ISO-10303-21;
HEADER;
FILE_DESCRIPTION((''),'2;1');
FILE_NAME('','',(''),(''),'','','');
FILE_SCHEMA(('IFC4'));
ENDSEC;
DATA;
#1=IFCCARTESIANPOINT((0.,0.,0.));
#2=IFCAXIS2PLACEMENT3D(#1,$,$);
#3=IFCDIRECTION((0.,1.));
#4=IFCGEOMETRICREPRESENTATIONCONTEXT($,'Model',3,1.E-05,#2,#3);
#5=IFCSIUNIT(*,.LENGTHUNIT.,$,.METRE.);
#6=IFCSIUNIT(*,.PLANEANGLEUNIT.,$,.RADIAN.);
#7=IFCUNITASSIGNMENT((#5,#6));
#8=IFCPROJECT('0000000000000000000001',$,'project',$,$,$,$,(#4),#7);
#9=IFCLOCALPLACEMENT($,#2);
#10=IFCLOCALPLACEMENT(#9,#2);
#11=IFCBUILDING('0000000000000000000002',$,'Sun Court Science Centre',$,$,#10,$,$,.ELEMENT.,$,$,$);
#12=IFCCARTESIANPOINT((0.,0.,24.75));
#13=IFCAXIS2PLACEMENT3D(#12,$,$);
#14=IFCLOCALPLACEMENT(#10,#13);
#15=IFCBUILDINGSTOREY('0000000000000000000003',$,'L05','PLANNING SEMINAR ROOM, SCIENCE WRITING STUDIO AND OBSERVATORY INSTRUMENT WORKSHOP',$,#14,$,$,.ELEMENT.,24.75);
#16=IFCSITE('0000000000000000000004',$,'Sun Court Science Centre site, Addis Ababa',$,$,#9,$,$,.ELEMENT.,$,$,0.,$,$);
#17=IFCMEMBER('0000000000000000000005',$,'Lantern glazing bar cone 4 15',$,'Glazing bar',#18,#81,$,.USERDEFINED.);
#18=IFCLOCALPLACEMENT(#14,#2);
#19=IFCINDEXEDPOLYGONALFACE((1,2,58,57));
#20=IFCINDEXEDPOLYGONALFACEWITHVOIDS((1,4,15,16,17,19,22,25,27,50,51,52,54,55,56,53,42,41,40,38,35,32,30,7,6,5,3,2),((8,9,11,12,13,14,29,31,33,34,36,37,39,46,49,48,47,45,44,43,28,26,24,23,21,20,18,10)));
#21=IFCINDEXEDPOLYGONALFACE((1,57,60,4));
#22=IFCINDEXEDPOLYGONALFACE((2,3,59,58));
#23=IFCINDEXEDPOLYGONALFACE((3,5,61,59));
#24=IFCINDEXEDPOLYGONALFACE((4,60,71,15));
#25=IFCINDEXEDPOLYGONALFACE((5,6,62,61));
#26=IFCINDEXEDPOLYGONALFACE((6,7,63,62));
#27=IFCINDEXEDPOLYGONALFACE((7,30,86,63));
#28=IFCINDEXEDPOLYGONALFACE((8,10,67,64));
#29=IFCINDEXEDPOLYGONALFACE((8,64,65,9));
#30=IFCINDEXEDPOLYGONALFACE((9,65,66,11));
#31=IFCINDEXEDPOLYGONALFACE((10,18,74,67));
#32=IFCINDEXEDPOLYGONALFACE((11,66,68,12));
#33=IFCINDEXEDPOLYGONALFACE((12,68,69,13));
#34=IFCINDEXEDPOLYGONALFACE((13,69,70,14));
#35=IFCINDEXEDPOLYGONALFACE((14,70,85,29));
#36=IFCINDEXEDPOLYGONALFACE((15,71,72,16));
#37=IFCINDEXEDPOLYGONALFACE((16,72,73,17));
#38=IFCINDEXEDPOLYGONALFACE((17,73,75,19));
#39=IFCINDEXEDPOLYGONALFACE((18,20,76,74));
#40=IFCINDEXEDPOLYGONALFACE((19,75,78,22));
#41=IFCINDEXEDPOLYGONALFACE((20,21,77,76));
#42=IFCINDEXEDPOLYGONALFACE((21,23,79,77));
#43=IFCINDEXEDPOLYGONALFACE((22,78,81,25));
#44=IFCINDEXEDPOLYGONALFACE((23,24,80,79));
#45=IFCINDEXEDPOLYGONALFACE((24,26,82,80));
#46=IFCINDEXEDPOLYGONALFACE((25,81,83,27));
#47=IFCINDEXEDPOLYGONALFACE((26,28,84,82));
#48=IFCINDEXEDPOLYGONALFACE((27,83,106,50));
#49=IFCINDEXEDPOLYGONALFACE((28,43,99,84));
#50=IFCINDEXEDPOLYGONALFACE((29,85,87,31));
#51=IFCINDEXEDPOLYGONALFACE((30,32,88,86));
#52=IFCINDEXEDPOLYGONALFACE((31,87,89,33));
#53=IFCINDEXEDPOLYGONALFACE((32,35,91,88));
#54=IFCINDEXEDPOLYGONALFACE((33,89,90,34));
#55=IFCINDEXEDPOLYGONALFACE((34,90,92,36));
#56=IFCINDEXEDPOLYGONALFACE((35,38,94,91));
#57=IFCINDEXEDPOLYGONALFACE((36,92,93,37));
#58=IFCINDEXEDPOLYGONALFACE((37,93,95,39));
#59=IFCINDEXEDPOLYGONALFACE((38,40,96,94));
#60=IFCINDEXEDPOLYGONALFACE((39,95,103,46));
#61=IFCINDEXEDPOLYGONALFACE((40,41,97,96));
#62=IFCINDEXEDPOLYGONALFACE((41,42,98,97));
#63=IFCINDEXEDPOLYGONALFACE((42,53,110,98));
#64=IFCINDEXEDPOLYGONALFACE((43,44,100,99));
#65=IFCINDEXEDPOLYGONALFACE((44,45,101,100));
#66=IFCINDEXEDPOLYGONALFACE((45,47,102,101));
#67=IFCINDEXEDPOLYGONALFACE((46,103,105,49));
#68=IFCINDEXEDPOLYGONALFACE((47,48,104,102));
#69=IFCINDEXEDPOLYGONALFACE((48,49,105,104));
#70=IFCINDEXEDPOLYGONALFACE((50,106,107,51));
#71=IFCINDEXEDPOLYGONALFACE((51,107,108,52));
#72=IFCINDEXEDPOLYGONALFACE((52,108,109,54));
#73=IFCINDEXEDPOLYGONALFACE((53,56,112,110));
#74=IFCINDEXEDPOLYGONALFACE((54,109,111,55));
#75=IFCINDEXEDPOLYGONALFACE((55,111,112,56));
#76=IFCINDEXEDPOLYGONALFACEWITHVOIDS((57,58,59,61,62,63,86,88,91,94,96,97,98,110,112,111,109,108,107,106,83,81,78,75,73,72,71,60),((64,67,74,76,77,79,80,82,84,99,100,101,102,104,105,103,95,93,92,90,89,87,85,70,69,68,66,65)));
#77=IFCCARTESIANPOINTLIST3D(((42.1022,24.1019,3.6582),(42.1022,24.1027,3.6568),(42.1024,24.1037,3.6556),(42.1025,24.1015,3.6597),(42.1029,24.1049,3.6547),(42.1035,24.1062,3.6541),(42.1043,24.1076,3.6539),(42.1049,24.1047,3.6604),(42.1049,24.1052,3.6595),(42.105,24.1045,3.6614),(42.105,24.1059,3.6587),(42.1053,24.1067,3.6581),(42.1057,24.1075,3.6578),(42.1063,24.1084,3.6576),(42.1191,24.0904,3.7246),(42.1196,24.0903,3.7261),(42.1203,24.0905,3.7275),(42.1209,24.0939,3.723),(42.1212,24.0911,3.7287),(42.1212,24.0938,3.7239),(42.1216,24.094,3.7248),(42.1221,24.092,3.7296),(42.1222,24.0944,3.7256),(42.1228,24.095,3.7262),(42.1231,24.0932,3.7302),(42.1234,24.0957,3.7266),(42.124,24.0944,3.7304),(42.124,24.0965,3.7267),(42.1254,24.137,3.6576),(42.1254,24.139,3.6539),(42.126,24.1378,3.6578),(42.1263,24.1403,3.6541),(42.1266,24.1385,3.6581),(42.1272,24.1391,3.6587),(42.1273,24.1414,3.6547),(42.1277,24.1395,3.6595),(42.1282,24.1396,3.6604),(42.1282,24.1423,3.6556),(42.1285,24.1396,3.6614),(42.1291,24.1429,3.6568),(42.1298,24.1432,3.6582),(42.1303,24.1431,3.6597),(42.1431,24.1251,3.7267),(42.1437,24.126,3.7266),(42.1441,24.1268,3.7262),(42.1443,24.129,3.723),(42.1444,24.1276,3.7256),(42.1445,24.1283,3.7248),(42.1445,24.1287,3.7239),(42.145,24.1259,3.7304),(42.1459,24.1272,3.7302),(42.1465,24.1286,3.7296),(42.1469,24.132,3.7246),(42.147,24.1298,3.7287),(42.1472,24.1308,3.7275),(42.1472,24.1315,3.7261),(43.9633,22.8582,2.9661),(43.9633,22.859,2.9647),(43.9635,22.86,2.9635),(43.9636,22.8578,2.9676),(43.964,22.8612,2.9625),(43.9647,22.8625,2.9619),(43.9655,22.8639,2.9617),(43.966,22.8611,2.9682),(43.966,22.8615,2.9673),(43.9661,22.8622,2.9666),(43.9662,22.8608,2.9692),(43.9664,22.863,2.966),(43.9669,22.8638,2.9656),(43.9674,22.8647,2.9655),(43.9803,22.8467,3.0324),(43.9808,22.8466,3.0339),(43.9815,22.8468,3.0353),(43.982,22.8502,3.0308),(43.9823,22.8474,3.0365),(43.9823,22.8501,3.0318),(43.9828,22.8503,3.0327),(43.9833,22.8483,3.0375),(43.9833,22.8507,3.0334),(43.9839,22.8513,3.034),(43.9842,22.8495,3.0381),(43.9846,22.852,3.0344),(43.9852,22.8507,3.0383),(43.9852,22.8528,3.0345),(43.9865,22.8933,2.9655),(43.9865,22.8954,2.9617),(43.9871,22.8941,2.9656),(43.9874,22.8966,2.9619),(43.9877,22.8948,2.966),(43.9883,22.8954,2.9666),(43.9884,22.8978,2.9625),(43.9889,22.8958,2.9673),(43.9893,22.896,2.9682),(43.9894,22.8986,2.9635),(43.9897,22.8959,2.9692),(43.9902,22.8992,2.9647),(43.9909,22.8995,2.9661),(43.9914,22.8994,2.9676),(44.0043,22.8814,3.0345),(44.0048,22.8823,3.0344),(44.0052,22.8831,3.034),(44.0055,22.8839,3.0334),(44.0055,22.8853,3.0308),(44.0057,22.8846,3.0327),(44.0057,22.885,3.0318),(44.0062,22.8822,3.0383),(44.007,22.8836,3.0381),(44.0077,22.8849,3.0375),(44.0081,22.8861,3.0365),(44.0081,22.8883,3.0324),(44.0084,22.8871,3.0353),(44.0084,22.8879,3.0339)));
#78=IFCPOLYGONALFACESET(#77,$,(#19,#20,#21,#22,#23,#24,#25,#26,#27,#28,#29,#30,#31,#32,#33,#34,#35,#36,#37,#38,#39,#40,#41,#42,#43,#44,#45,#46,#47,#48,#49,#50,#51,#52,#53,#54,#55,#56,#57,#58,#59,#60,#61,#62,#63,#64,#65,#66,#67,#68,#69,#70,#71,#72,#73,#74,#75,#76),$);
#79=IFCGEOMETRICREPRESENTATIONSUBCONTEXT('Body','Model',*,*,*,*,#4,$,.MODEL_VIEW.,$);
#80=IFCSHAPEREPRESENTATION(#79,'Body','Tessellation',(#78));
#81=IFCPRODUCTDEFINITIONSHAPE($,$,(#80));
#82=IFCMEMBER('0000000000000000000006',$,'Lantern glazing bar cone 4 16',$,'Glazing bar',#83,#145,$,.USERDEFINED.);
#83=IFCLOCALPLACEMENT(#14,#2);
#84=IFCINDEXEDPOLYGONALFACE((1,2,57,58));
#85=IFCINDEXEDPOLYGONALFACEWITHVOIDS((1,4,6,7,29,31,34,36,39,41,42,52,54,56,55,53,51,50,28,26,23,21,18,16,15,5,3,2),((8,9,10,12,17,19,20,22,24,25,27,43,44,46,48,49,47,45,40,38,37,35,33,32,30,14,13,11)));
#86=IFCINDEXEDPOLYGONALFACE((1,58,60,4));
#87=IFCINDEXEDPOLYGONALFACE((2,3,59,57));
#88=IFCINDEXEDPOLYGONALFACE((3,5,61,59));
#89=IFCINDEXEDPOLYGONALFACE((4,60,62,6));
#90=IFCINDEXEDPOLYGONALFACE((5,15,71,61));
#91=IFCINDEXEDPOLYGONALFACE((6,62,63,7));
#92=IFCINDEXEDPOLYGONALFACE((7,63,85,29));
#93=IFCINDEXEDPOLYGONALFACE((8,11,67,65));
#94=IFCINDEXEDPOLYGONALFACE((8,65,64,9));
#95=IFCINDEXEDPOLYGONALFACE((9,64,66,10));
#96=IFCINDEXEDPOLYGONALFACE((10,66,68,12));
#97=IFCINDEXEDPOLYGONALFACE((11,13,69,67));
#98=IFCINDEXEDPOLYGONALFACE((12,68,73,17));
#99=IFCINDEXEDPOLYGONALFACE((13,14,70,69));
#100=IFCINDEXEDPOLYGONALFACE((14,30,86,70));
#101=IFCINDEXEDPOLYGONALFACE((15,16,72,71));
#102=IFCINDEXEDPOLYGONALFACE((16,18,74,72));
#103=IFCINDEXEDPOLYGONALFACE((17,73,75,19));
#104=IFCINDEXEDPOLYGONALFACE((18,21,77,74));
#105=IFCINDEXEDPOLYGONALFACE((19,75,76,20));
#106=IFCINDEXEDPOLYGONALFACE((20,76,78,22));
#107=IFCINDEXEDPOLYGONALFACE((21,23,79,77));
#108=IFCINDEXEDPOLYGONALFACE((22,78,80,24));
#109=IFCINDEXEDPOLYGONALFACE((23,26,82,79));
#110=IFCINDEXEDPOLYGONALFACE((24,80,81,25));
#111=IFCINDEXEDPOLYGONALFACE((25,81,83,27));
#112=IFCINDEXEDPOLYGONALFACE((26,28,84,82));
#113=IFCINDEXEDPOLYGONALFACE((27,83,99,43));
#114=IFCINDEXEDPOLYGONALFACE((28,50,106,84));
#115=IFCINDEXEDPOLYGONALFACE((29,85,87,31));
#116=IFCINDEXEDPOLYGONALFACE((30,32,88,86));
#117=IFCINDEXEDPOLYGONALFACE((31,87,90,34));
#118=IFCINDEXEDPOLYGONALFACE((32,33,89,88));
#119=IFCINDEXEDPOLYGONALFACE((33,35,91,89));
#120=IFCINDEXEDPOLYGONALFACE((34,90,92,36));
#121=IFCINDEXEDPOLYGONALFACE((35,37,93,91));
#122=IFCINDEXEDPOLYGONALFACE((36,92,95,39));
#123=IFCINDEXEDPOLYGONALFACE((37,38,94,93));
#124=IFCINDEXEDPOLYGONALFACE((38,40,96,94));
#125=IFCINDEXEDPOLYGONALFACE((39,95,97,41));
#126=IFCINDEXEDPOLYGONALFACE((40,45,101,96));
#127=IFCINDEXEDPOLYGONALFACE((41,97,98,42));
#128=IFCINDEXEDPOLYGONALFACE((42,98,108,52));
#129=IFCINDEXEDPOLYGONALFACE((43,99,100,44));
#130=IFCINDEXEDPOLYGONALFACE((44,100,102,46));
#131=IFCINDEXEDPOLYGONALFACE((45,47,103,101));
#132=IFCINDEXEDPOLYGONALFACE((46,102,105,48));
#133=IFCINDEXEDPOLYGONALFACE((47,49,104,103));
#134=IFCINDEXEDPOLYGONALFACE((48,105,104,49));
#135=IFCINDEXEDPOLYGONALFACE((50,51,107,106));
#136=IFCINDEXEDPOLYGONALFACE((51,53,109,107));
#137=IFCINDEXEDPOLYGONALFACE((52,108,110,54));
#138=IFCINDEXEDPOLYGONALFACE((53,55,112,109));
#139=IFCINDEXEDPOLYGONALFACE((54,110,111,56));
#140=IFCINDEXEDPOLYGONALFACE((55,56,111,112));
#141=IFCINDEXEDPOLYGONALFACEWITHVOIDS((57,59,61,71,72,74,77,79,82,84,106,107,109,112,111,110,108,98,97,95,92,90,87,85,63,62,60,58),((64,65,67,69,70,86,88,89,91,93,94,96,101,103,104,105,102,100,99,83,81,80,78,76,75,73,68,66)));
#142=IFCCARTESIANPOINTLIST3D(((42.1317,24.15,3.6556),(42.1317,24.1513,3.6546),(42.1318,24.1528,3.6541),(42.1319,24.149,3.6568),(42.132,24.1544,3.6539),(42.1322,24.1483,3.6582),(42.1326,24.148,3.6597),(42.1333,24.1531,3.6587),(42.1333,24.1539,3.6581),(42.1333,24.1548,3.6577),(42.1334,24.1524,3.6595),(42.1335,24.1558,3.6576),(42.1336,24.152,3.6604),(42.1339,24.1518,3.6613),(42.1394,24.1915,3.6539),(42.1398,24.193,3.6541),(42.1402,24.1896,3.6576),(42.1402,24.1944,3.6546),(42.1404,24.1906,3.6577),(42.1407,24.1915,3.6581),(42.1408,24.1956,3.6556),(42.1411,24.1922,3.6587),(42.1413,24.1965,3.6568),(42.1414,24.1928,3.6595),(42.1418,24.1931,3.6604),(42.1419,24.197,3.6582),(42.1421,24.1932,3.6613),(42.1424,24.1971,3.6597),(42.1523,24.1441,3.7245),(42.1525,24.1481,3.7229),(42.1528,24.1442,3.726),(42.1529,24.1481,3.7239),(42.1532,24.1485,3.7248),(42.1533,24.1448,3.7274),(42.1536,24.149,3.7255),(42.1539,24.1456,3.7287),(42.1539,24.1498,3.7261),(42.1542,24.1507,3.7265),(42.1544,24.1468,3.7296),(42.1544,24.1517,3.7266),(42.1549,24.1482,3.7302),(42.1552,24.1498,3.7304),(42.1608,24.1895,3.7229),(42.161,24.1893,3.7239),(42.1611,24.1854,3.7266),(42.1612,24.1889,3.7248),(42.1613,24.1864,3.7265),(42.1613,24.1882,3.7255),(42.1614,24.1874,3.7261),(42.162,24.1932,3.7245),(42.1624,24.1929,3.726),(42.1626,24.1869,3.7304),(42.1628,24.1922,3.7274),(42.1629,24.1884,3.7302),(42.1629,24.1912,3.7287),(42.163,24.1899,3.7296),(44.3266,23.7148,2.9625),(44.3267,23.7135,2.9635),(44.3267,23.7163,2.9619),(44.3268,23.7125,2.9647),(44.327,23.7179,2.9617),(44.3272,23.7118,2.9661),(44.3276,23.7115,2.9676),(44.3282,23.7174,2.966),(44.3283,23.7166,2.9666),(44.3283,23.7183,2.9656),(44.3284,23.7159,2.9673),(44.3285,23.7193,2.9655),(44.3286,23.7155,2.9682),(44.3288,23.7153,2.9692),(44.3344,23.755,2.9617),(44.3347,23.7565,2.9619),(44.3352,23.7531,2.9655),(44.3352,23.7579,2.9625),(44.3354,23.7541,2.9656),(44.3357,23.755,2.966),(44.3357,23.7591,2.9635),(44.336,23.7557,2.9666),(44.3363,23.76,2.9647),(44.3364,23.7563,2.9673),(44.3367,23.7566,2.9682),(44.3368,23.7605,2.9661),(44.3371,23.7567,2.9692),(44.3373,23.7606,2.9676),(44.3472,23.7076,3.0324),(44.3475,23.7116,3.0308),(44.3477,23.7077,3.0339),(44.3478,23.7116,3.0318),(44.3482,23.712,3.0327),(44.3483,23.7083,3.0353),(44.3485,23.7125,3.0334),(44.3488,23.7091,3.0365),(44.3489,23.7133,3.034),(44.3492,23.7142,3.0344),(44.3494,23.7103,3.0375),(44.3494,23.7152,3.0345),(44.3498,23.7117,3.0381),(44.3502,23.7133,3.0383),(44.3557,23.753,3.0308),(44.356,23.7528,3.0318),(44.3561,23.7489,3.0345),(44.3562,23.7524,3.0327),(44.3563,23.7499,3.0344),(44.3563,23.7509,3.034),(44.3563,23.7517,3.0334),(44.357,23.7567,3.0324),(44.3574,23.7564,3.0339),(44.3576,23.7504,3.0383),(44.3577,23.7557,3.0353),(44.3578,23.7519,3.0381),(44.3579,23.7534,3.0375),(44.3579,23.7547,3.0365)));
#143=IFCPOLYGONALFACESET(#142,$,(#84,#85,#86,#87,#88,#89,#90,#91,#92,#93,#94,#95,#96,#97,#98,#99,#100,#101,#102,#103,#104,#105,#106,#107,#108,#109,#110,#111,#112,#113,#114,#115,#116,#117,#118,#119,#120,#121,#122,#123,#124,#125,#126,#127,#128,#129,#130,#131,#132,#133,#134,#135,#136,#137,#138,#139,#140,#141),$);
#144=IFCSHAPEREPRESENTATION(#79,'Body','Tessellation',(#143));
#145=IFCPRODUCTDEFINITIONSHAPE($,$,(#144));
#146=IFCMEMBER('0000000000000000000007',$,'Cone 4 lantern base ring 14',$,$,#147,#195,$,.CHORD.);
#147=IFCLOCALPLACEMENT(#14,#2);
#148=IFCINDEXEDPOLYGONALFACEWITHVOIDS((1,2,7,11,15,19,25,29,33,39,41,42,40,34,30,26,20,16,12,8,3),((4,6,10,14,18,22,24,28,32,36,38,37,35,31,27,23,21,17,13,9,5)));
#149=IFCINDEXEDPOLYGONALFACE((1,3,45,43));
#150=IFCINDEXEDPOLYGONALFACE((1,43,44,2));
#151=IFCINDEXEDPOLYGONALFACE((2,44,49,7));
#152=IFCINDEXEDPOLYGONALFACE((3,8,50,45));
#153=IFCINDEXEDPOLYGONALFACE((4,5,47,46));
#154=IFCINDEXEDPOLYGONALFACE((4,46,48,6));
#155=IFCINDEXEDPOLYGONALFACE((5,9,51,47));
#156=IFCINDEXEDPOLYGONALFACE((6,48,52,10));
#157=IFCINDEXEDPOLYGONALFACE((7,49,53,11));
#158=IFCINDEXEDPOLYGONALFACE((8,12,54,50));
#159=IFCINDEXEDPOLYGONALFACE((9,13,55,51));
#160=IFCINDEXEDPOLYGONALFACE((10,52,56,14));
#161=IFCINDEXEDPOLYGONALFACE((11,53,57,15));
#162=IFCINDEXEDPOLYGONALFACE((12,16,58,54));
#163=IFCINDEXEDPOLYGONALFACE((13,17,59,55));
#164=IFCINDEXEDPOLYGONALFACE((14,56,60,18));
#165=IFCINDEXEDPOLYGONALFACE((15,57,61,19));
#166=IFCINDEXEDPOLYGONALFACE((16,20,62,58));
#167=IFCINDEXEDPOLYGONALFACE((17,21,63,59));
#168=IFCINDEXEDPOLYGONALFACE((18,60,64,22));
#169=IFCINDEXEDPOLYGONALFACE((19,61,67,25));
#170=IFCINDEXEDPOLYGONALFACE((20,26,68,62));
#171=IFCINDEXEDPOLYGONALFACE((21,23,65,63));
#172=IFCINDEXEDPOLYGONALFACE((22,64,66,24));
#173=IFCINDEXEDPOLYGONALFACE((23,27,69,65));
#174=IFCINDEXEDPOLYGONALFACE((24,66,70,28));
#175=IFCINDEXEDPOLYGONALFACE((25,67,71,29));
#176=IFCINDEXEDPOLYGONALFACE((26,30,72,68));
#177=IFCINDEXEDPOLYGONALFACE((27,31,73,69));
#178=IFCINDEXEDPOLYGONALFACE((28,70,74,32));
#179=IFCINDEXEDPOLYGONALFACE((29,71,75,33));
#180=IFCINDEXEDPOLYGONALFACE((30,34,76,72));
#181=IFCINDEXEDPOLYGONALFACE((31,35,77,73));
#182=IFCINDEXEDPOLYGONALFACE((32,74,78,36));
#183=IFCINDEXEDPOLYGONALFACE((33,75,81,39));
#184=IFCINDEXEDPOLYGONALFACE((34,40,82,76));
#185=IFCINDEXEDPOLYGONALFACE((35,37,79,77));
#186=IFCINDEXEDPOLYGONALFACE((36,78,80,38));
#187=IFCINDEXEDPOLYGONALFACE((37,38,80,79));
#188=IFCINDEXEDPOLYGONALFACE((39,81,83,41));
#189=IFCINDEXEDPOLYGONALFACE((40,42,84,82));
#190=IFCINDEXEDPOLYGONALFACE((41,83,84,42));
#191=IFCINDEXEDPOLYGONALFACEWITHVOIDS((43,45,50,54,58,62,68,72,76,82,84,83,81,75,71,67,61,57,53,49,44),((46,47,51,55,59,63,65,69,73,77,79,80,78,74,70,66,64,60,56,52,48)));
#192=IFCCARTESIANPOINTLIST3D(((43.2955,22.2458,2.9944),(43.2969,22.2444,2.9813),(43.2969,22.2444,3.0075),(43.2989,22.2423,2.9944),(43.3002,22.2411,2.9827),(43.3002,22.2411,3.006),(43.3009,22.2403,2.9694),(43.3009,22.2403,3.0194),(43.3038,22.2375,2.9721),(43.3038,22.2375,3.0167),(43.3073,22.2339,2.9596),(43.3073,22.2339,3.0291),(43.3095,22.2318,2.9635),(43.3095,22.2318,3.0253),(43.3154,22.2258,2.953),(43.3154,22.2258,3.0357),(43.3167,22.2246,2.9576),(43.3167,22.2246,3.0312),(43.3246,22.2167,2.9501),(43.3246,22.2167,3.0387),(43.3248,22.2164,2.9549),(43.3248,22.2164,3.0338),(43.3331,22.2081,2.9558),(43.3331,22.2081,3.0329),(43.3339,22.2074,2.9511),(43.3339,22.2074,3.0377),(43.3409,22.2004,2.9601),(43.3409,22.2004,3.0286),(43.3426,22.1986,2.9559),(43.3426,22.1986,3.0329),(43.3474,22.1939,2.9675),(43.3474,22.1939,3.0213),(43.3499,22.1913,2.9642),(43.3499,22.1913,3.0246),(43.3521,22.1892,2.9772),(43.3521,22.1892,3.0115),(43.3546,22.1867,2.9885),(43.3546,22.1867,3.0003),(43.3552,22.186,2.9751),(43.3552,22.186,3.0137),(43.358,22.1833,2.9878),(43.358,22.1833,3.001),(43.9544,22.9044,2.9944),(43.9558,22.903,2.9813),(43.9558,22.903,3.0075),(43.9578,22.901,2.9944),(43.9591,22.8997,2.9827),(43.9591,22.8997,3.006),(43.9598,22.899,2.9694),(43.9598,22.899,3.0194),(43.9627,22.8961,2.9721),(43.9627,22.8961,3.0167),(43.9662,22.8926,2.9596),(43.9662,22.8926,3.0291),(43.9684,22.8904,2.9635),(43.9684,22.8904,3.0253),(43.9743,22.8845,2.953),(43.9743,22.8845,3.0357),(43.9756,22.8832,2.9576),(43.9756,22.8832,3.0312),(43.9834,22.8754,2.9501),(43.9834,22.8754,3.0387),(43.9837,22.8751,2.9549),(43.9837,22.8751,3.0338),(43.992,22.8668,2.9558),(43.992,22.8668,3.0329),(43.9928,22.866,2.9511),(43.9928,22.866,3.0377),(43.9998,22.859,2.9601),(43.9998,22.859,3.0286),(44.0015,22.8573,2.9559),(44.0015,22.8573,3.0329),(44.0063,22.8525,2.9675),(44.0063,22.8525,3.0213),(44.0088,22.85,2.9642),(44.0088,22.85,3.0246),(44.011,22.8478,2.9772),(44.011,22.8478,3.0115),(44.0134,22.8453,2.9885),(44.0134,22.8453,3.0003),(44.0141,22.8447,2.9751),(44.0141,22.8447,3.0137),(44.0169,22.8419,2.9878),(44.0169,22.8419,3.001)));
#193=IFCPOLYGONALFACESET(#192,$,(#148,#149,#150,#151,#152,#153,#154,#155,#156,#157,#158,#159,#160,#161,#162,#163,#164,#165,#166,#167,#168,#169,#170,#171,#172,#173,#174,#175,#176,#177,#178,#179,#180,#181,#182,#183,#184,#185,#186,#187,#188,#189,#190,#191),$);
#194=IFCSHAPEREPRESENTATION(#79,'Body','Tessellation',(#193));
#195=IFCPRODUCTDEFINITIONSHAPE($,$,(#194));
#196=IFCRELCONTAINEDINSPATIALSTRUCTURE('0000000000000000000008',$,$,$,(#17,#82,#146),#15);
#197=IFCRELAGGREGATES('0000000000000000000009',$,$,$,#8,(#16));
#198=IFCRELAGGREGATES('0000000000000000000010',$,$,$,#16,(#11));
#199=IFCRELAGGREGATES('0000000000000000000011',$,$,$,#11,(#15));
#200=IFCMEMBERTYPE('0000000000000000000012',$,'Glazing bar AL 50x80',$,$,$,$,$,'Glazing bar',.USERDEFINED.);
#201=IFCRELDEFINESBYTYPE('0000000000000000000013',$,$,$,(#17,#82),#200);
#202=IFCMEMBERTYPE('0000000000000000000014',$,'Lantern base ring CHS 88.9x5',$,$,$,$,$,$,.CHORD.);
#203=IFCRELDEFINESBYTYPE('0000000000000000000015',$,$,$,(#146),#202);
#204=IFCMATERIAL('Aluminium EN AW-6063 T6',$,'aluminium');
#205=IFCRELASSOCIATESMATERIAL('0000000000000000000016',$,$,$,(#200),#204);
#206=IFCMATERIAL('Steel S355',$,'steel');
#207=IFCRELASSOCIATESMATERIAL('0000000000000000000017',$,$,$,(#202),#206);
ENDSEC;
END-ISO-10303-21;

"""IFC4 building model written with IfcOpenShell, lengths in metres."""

from ifc_helpers import new_model, si_unit, direction, frame, origin, origin_2d, place, context, subcontext, project, spatial, hollow_rectangle, hollow_circle, extrude, material, material_profile, profile_set, type_object, element, save


model = new_model("IFC4")

# Units and contexts
model_context = context("Model", 3, precision=1e-05, world=origin(), true_north=direction((0.0, 1.0)))
body_context = subcontext(model_context, "Body", "Model", "MODEL_VIEW")
ifc_project = project(units=[si_unit("LENGTHUNIT", "METRE"), si_unit("PLANEANGLEUNIT", "RADIAN")], contexts=[model_context])

# Site, building, storey
site_placement = place(None, origin())
site = spatial("IfcSite", under=ifc_project, at=site_placement, Name="Sun Court Science Centre site, Addis Ababa", CompositionType="ELEMENT", RefElevation=0.0)
building_placement = place(site_placement, origin())
building = spatial("IfcBuilding", under=site, at=building_placement, Name="Sun Court Science Centre", CompositionType="ELEMENT")
storey_placement = place(building_placement, frame((0.0, 0.0, 24.75)))
storey = spatial("IfcBuildingStorey", under=building, at=storey_placement, Name="L05", Description="PLANNING SEMINAR ROOM, SCIENCE WRITING STUDIO AND OBSERVATORY INSTRUMENT WORKSHOP", CompositionType="ELEMENT", Elevation=24.75)

# Members
ifc_material_1 = material(Name="Aluminium EN AW-6063 T6", Category="aluminium")
ifc_material_profile_1 = material_profile(ifc_material_1, hollow_rectangle(XDim=0.05, YDim=0.0801, WallThickness=0.0039, InnerFilletRadius=0.0039, OuterFilletRadius=0.0061, at=origin_2d()), Name="AL 50x80x4")
ifc_profile_set_1 = profile_set([ifc_material_profile_1], Name="Aluminium EN AW-6063 T6")
member_type_1 = type_object("IfcMemberType", Name="Glazing bar AL 50x80", ElementType="Glazing bar", PredefinedType="USERDEFINED", material=ifc_profile_set_1)
member_1_placement = place(storey_placement, frame((43.9858, 22.873, 3.0), z_axis=(-0.794338, 0.530809, 0.295415), x_axis=(-0.555606, -0.831446, 0.0)))
element("IfcMember", 1, at=member_1_placement, inside=storey, type_object=member_type_1, Name="Lantern glazing bar cone 4 15", ObjectType="Glazing bar", PredefinedType="USERDEFINED", context=body_context, shape_type="SweptSolid", body=[
    extrude(hollow_rectangle(XDim=0.05, YDim=0.0801, WallThickness=0.0039, InnerFilletRadius=0.0039, OuterFilletRadius=0.0061, at=origin_2d()), origin(), (0.0, 0.0, 1.0), 2.343),
])
member_2_placement = place(storey_placement, frame((44.3423, 23.7341, 3.0), z_axis=(-0.937009, 0.186339, 0.295453), x_axis=(-0.195046, -0.980794, 0.0)))
element("IfcMember", 2, at=member_2_placement, inside=storey, type_object=member_type_1, Name="Lantern glazing bar cone 4 16", ObjectType="Glazing bar", PredefinedType="USERDEFINED", context=body_context, shape_type="SweptSolid", body=[
    extrude(hollow_rectangle(XDim=0.05, YDim=0.0801, WallThickness=0.0039, InnerFilletRadius=0.0039, OuterFilletRadius=0.0061, at=origin_2d()), origin(), (0.0, 0.0, 1.0), 2.3425),
])
ifc_material_2 = material(Name="Steel S355", Category="steel")
ifc_material_profile_2 = material_profile(ifc_material_2, hollow_circle(Radius=0.0444, WallThickness=0.0049, at=origin_2d()), Name="CHS 88.9x5")
ifc_profile_set_2 = profile_set([ifc_material_profile_2], Name="Steel S355")
member_type_2 = type_object("IfcMemberType", Name="Lantern base ring CHS 88.9x5", PredefinedType="CHORD", material=ifc_profile_set_2)
member_3_placement = place(storey_placement, frame((43.3269, 22.2144, 2.9944), z_axis=(0.707238, 0.706976, 0.0), x_axis=(-0.706976, 0.707238, 0.0)))
element("IfcMember", 3, at=member_3_placement, inside=storey, type_object=member_type_2, Name="Cone 4 lantern base ring 14", PredefinedType="CHORD", context=body_context, shape_type="SweptSolid", body=[
    extrude(hollow_circle(Radius=0.0444, WallThickness=0.0049, at=origin_2d()), origin(), (0.0, 0.0, 1.0), 0.9316),
])

save(model, "model.ifc")
